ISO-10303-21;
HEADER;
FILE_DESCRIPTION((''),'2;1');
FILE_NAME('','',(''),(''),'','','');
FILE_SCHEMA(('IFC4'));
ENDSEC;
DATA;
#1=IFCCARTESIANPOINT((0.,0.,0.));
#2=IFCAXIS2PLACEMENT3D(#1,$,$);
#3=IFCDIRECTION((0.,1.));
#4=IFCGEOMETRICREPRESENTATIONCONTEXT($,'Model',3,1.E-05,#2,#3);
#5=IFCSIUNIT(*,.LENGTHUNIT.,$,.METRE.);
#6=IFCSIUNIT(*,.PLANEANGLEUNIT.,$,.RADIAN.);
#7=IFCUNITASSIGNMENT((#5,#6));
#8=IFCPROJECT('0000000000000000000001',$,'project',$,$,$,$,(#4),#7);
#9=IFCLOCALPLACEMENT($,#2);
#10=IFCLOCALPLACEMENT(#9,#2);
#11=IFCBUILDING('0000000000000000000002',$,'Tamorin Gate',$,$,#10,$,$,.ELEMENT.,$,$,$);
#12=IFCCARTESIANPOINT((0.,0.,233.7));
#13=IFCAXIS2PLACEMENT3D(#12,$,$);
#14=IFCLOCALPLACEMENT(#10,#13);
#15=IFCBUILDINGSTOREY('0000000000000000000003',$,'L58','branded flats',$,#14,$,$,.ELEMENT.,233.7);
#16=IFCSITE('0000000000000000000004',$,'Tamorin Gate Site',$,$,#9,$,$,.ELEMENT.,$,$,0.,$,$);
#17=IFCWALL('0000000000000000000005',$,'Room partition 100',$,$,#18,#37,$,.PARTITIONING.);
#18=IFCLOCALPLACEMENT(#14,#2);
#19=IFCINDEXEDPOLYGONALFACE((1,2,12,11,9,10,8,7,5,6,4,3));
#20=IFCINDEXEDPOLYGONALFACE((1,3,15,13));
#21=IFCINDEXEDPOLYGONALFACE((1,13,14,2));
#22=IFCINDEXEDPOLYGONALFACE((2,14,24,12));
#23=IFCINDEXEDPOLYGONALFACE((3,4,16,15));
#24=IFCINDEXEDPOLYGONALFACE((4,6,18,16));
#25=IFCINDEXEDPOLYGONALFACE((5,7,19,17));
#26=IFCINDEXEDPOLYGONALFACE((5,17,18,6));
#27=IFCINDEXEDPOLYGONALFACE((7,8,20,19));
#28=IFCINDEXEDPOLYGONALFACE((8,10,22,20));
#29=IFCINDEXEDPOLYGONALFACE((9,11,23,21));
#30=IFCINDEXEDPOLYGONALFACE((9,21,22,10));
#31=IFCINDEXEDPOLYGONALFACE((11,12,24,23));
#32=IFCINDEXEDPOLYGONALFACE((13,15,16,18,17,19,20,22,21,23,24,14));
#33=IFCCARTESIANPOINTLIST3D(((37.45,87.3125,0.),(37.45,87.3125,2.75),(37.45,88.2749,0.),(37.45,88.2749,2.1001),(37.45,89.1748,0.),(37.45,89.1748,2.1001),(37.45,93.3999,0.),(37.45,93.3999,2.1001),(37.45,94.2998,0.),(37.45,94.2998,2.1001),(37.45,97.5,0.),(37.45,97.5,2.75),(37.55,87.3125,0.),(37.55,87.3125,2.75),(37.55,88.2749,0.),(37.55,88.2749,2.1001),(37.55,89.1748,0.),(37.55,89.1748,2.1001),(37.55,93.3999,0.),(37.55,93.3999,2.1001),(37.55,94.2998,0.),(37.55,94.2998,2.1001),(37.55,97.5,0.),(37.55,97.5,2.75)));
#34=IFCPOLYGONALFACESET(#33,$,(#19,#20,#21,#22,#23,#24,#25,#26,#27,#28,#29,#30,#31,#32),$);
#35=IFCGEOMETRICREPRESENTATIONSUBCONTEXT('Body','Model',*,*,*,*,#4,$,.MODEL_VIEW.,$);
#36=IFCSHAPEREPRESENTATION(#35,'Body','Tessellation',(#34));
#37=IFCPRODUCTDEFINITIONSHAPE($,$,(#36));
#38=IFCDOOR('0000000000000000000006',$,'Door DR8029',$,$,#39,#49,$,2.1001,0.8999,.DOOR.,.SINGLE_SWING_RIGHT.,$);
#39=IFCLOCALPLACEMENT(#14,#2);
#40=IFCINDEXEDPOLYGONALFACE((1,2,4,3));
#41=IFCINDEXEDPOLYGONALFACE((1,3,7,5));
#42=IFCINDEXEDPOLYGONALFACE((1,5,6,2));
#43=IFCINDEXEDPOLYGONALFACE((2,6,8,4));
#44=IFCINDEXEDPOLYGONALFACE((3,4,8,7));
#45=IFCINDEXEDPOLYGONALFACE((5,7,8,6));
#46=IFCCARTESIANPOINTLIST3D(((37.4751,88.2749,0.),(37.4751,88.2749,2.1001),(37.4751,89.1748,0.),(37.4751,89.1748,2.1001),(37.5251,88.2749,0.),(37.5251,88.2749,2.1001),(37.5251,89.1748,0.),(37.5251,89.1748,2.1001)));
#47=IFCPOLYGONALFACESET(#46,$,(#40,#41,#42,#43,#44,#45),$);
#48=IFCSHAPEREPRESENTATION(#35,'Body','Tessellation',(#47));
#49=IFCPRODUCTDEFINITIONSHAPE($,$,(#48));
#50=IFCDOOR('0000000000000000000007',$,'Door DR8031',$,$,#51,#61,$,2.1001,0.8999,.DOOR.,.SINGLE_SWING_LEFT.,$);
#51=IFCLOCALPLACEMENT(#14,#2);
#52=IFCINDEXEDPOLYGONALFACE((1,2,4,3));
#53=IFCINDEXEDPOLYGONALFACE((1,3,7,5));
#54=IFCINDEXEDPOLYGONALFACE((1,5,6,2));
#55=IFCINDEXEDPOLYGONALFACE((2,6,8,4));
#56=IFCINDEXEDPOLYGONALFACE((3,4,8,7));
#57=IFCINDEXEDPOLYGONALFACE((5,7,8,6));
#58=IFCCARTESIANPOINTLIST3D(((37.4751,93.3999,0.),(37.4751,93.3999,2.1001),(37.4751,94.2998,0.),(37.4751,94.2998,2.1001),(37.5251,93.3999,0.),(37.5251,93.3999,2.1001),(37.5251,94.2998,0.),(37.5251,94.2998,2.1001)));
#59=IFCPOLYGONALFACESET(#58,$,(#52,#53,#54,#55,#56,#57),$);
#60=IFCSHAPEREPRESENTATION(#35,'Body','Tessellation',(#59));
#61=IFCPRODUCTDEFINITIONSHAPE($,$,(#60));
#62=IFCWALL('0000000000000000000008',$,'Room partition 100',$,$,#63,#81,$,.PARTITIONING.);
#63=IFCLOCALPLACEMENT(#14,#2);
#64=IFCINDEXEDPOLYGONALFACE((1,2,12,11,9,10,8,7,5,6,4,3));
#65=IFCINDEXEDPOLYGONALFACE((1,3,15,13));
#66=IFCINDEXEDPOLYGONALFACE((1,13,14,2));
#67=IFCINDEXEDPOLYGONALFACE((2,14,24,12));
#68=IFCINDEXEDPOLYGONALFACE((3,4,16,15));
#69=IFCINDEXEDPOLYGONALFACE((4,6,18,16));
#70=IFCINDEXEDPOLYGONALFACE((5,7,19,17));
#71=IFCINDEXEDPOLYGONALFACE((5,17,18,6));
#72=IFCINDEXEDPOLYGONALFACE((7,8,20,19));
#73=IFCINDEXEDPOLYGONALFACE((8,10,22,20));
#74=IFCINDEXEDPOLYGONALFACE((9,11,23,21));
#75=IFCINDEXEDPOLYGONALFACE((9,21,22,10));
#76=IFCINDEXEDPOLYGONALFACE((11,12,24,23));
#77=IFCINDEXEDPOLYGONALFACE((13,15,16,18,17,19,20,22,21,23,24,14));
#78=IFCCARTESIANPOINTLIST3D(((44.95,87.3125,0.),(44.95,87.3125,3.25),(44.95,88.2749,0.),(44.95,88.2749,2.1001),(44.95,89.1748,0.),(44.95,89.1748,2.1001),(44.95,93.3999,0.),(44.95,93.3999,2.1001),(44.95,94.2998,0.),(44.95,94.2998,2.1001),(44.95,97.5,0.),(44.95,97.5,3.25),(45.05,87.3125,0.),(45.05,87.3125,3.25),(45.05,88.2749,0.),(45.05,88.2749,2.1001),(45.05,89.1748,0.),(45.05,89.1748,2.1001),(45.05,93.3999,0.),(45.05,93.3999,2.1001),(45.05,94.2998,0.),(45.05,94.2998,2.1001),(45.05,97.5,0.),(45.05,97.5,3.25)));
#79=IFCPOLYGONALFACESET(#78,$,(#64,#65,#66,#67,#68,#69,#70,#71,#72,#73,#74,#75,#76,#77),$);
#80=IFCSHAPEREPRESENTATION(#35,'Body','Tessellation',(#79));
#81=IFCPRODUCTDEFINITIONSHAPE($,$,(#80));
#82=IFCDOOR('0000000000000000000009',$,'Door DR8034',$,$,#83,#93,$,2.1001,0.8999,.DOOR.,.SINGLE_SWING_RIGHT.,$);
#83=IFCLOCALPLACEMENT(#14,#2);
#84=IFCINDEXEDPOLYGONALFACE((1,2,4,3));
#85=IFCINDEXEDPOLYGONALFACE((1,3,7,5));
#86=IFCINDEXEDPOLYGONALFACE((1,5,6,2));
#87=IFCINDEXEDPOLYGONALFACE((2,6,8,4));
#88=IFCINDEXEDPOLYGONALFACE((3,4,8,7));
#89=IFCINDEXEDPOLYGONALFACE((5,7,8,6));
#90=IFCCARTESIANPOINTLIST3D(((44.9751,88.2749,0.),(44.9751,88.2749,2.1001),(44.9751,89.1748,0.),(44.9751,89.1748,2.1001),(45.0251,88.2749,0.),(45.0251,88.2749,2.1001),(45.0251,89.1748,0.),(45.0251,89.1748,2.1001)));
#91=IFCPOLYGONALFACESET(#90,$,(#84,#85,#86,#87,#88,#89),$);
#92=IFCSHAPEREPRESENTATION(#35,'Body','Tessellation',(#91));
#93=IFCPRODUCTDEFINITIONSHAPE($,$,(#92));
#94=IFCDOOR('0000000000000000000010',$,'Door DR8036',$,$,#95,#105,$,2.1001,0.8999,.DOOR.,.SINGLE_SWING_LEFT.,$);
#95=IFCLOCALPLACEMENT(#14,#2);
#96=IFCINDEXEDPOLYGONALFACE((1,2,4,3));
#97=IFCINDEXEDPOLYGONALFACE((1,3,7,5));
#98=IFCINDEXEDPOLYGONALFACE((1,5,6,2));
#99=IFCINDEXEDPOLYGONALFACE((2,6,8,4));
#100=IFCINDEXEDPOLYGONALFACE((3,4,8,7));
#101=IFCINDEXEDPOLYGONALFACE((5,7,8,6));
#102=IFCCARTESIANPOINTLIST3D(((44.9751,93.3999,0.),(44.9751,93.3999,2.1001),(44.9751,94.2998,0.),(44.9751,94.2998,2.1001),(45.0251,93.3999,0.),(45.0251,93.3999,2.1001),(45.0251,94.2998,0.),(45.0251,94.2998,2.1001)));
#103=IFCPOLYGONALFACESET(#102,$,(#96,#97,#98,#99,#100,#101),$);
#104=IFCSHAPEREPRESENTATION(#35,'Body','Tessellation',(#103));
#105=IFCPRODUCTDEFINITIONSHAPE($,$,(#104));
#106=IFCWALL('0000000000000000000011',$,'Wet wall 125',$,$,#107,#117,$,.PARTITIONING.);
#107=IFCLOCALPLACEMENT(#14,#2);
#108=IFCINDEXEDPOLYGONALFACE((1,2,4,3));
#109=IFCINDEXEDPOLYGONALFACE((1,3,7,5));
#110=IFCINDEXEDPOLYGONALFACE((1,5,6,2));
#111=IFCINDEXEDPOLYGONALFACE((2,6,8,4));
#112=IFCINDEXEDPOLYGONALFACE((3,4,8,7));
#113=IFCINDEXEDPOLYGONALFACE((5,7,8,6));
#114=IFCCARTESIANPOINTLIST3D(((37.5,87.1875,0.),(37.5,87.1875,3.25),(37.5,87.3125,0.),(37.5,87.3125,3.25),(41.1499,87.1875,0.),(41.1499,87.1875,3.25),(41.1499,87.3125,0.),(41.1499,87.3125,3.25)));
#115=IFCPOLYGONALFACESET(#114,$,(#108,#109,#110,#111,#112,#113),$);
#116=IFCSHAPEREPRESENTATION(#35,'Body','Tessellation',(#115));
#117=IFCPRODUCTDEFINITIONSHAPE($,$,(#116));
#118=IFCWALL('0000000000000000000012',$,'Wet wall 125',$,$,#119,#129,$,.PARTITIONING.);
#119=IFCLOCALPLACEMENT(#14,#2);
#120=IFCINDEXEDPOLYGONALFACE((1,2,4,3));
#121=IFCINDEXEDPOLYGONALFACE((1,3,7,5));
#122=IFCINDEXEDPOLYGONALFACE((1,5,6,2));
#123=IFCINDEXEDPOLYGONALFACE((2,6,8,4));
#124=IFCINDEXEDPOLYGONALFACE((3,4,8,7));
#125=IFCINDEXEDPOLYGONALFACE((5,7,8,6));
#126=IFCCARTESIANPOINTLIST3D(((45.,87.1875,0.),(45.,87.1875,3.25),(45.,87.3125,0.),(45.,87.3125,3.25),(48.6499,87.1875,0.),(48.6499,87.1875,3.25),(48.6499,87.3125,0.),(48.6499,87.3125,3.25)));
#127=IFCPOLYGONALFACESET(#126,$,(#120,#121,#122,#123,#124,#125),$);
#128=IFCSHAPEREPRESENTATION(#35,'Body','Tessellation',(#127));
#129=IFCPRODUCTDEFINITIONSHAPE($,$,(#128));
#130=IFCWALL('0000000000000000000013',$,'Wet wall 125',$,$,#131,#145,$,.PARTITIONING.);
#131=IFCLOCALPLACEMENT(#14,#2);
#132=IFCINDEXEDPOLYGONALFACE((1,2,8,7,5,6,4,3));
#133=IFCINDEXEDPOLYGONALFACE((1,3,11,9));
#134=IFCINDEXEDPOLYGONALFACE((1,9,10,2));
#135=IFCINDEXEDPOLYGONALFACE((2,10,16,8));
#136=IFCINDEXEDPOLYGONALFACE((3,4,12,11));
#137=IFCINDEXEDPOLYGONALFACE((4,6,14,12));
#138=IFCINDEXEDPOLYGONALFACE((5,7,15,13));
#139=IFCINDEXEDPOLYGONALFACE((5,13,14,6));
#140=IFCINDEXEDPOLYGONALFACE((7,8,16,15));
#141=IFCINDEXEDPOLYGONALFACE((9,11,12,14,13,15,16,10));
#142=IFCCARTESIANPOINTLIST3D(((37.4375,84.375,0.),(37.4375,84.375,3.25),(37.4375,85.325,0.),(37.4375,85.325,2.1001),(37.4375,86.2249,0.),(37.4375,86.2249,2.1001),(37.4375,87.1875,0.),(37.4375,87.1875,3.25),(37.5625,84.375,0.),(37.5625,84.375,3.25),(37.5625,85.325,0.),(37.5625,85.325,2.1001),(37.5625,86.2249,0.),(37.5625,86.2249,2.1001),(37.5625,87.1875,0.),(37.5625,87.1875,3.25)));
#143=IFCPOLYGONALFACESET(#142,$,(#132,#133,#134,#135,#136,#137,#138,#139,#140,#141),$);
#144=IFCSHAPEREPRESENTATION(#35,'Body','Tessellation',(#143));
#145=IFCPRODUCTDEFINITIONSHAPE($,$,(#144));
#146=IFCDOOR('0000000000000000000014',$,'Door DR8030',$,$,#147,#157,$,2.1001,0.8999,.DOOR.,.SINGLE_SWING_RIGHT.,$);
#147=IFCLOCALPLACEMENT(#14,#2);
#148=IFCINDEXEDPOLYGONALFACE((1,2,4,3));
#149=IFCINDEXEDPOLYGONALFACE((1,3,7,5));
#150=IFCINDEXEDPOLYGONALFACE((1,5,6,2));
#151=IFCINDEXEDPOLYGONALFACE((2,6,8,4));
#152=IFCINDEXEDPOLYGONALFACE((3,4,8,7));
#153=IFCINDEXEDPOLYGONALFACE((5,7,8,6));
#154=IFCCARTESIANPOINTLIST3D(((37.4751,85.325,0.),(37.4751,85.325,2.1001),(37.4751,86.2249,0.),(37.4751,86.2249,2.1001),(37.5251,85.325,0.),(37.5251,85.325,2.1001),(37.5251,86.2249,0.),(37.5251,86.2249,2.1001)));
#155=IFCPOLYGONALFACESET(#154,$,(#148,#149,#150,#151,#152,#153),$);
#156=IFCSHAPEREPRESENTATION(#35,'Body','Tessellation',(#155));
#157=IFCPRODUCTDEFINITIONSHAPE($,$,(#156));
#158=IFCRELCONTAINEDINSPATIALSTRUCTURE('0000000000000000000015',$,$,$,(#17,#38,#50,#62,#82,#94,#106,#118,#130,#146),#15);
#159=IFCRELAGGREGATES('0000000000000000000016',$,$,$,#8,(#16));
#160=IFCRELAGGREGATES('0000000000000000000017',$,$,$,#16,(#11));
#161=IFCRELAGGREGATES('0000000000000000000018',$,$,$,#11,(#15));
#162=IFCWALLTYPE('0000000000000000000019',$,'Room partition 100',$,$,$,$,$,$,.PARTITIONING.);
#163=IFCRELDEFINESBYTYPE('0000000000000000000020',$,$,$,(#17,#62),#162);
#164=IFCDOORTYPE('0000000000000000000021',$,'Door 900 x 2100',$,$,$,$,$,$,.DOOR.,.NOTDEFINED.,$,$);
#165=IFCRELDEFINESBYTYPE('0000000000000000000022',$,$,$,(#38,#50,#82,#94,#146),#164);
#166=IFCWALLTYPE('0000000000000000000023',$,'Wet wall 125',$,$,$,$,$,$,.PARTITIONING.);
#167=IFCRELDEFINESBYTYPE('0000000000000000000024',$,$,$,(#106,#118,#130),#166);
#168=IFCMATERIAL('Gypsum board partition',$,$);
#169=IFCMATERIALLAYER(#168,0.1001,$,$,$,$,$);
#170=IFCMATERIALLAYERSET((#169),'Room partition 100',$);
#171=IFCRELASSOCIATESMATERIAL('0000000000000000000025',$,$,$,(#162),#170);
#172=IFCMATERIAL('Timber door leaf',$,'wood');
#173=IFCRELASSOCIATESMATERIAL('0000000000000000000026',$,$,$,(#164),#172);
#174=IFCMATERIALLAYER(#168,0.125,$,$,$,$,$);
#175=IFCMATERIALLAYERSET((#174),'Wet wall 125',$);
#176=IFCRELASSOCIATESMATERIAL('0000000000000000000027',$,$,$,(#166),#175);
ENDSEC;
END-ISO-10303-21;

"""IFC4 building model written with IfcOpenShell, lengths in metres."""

from ifc_helpers import new_model, si_unit, direction, frame, frame_2d, origin, place, context, subcontext, project, spatial, rectangle, extrude, material, layer, layer_set, type_object, element, fill, save


model = new_model("IFC4")

# Units and contexts
model_context = context("Model", 3, precision=1e-05, world=origin(), true_north=direction((0.0, 1.0)))
body_context = subcontext(model_context, "Body", "Model", "MODEL_VIEW")
ifc_project = project(units=[si_unit("LENGTHUNIT", "METRE"), si_unit("PLANEANGLEUNIT", "RADIAN")], contexts=[model_context])

# Site, building, storey
site_placement = place(None, origin())
site = spatial("IfcSite", under=ifc_project, at=site_placement, Name="Tamorin Gate Site", CompositionType="ELEMENT", RefElevation=0.0)
building_placement = place(site_placement, origin())
building = spatial("IfcBuilding", under=site, at=building_placement, Name="Tamorin Gate", CompositionType="ELEMENT")
storey_placement = place(building_placement, frame((0.0, 0.0, 233.7)))
storey = spatial("IfcBuildingStorey", under=building, at=storey_placement, Name="L58", Description="branded flats", CompositionType="ELEMENT", Elevation=233.7)

# Shared definitions
ifc_material_1 = material(Name="Gypsum board partition")

# Walls, openings, doors
ifc_layer_1 = layer(ifc_material_1, 0.1001)
ifc_layer_set_1 = layer_set([ifc_layer_1], Name="Room partition 100")
wall_type_1 = type_object("IfcWallType", Name="Room partition 100", PredefinedType="PARTITIONING", material=ifc_layer_set_1)
wall_1_placement = place(storey_placement, frame((37.5, 87.3125, 0.0), z_axis=(0.0, 0.0, 1.0), x_axis=(0.0, 1.0, 0.0)))
wall_1 = element("IfcWall", 1, at=wall_1_placement, inside=storey, type_object=wall_type_1, Name="Room partition 100", PredefinedType="PARTITIONING", context=body_context, shape_type="SweptSolid", body=[
    extrude(rectangle(XDim=10.1875, YDim=0.1001, at=frame_2d((5.0938, 0.0))), origin(), (0.0, 0.0, 1.0), 2.75),
])
opening_1_placement = place(wall_1_placement, frame((0.9624, 0.0, 0.0)))
opening_1 = element("IfcOpeningElement", 2, at=opening_1_placement, cuts=wall_1, PredefinedType="OPENING", context=body_context, shape_type="SweptSolid", body=[
    extrude(rectangle(XDim=0.8999, YDim=2.1001, at=frame_2d((0.45, 1.05))), frame((0.0, 0.0601, 0.0), z_axis=(0.0, -1.0, 0.0), x_axis=(1.0, 0.0, 0.0)), (0.0, 0.0, 1.0), 0.1201),
])
opening_2_placement = place(wall_1_placement, frame((6.0874, 0.0, 0.0)))
opening_2 = element("IfcOpeningElement", 3, at=opening_2_placement, cuts=wall_1, PredefinedType="OPENING", context=body_context, shape_type="SweptSolid", body=[
    extrude(rectangle(XDim=0.8999, YDim=2.1001, at=frame_2d((0.45, 1.05))), frame((0.0, 0.0601, 0.0), z_axis=(0.0, -1.0, 0.0), x_axis=(1.0, 0.0, 0.0)), (0.0, 0.0, 1.0), 0.1201),
])
ifc_material_2 = material(Name="Timber door leaf", Category="wood")
door_type = type_object("IfcDoorType", Name="Door 900 x 2100", OperationType="NOTDEFINED", PredefinedType="DOOR", material=ifc_material_2)
door_1_placement = place(opening_1_placement, origin())
door_1 = element("IfcDoor", 4, at=door_1_placement, inside=storey, type_object=door_type, Name="Door DR8029", OperationType="SINGLE_SWING_RIGHT", OverallHeight=2.1001, OverallWidth=0.8999, PredefinedType="DOOR", context=body_context, shape_type="SweptSolid", body=[
    extrude(rectangle(XDim=0.8999, YDim=2.1001, at=frame_2d((0.45, 1.05))), frame((0.0, 0.0249, 0.0), z_axis=(0.0, -1.0, 0.0), x_axis=(1.0, 0.0, 0.0)), (0.0, 0.0, 1.0), 0.05),
])
fill(opening_1, door_1)
door_2_placement = place(opening_2_placement, origin())
door_2 = element("IfcDoor", 5, at=door_2_placement, inside=storey, type_object=door_type, Name="Door DR8031", OperationType="SINGLE_SWING_LEFT", OverallHeight=2.1001, OverallWidth=0.8999, PredefinedType="DOOR", context=body_context, shape_type="SweptSolid", body=[
    extrude(rectangle(XDim=0.8999, YDim=2.1001, at=frame_2d((0.45, 1.05))), frame((0.0, 0.0249, 0.0), z_axis=(0.0, -1.0, 0.0), x_axis=(1.0, 0.0, 0.0)), (0.0, 0.0, 1.0), 0.05),
])
fill(opening_2, door_2)
wall_2_placement = place(storey_placement, frame((45.0, 87.3125, 0.0), z_axis=(0.0, 0.0, 1.0), x_axis=(0.0, 1.0, 0.0)))
wall_2 = element("IfcWall", 6, at=wall_2_placement, inside=storey, type_object=wall_type_1, Name="Room partition 100", PredefinedType="PARTITIONING", context=body_context, shape_type="SweptSolid", body=[
    extrude(rectangle(XDim=10.1875, YDim=0.1001, at=frame_2d((5.0938, 0.0))), origin(), (0.0, 0.0, 1.0), 3.25),
])
opening_3_placement = place(wall_2_placement, frame((0.9624, 0.0, 0.0)))
opening_3 = element("IfcOpeningElement", 7, at=opening_3_placement, cuts=wall_2, PredefinedType="OPENING", context=body_context, shape_type="SweptSolid", body=[
    extrude(rectangle(XDim=0.8999, YDim=2.1001, at=frame_2d((0.45, 1.05))), frame((0.0, 0.0601, 0.0), z_axis=(0.0, -1.0, 0.0), x_axis=(1.0, 0.0, 0.0)), (0.0, 0.0, 1.0), 0.1201),
])
opening_4_placement = place(wall_2_placement, frame((6.0874, 0.0, 0.0)))
opening_4 = element("IfcOpeningElement", 8, at=opening_4_placement, cuts=wall_2, PredefinedType="OPENING", context=body_context, shape_type="SweptSolid", body=[
    extrude(rectangle(XDim=0.8999, YDim=2.1001, at=frame_2d((0.45, 1.05))), frame((0.0, 0.0601, 0.0), z_axis=(0.0, -1.0, 0.0), x_axis=(1.0, 0.0, 0.0)), (0.0, 0.0, 1.0), 0.1201),
])
door_3_placement = place(opening_3_placement, origin())
door_3 = element("IfcDoor", 9, at=door_3_placement, inside=storey, type_object=door_type, Name="Door DR8034", OperationType="SINGLE_SWING_RIGHT", OverallHeight=2.1001, OverallWidth=0.8999, PredefinedType="DOOR", context=body_context, shape_type="SweptSolid", body=[
    extrude(rectangle(XDim=0.8999, YDim=2.1001, at=frame_2d((0.45, 1.05))), frame((0.0, 0.0249, 0.0), z_axis=(0.0, -1.0, 0.0), x_axis=(1.0, 0.0, 0.0)), (0.0, 0.0, 1.0), 0.05),
])
fill(opening_3, door_3)
door_4_placement = place(opening_4_placement, origin())
door_4 = element("IfcDoor", 10, at=door_4_placement, inside=storey, type_object=door_type, Name="Door DR8036", OperationType="SINGLE_SWING_LEFT", OverallHeight=2.1001, OverallWidth=0.8999, PredefinedType="DOOR", context=body_context, shape_type="SweptSolid", body=[
    extrude(rectangle(XDim=0.8999, YDim=2.1001, at=frame_2d((0.45, 1.05))), frame((0.0, 0.0249, 0.0), z_axis=(0.0, -1.0, 0.0), x_axis=(1.0, 0.0, 0.0)), (0.0, 0.0, 1.0), 0.05),
])
fill(opening_4, door_4)

# Walls
ifc_layer_2 = layer(ifc_material_1, 0.125)
ifc_layer_set_2 = layer_set([ifc_layer_2], Name="Wet wall 125")
wall_type_2 = type_object("IfcWallType", Name="Wet wall 125", PredefinedType="PARTITIONING", material=ifc_layer_set_2)
for number, where, z_axis, x_axis, name in (
    (11, (37.5, 87.25, 0.0), (0.0, 0.0, 1.0), (1.0, 0.0, 0.0), "Wet wall 125"),
    (12, (45.0, 87.25, 0.0), (0.0, 0.0, 1.0), (1.0, 0.0, 0.0), "Wet wall 125"),
):
    element("IfcWall", number, at=place(storey_placement, frame(where, z_axis=z_axis, x_axis=x_axis)), inside=storey, type_object=wall_type_2, Name=name, PredefinedType="PARTITIONING", context=body_context, shape_type="SweptSolid", body=[
        extrude(rectangle(XDim=3.6499, YDim=0.125, at=frame_2d((1.825, 0.0))), origin(), (0.0, 0.0, 1.0), 3.25),
    ])

# Wall, opening, door
wall_3_placement = place(storey_placement, frame((37.5, 84.375, 0.0), z_axis=(0.0, 0.0, 1.0), x_axis=(0.0, 1.0, 0.0)))
wall_3 = element("IfcWall", 13, at=wall_3_placement, inside=storey, type_object=wall_type_2, Name="Wet wall 125", PredefinedType="PARTITIONING", context=body_context, shape_type="SweptSolid", body=[
    extrude(rectangle(XDim=2.8125, YDim=0.125, at=frame_2d((1.4062, 0.0))), origin(), (0.0, 0.0, 1.0), 3.25),
])
opening_5_placement = place(wall_3_placement, frame((0.95, 0.0, 0.0)))
opening_5 = element("IfcOpeningElement", 14, at=opening_5_placement, cuts=wall_3, PredefinedType="OPENING", context=body_context, shape_type="SweptSolid", body=[
    extrude(rectangle(XDim=0.8999, YDim=2.1001, at=frame_2d((0.45, 1.05))), frame((0.0, 0.0725, 0.0), z_axis=(0.0, -1.0, 0.0), x_axis=(1.0, 0.0, 0.0)), (0.0, 0.0, 1.0), 0.145),
])
door_5_placement = place(opening_5_placement, origin())
door_5 = element("IfcDoor", 15, at=door_5_placement, inside=storey, type_object=door_type, Name="Door DR8030", OperationType="SINGLE_SWING_RIGHT", OverallHeight=2.1001, OverallWidth=0.8999, PredefinedType="DOOR", context=body_context, shape_type="SweptSolid", body=[
    extrude(rectangle(XDim=0.8999, YDim=2.1001, at=frame_2d((0.45, 1.05))), frame((0.0, 0.0249, 0.0), z_axis=(0.0, -1.0, 0.0), x_axis=(1.0, 0.0, 0.0)), (0.0, 0.0, 1.0), 0.05),
])
fill(opening_5, door_5)

save(model, "model.ifc")
